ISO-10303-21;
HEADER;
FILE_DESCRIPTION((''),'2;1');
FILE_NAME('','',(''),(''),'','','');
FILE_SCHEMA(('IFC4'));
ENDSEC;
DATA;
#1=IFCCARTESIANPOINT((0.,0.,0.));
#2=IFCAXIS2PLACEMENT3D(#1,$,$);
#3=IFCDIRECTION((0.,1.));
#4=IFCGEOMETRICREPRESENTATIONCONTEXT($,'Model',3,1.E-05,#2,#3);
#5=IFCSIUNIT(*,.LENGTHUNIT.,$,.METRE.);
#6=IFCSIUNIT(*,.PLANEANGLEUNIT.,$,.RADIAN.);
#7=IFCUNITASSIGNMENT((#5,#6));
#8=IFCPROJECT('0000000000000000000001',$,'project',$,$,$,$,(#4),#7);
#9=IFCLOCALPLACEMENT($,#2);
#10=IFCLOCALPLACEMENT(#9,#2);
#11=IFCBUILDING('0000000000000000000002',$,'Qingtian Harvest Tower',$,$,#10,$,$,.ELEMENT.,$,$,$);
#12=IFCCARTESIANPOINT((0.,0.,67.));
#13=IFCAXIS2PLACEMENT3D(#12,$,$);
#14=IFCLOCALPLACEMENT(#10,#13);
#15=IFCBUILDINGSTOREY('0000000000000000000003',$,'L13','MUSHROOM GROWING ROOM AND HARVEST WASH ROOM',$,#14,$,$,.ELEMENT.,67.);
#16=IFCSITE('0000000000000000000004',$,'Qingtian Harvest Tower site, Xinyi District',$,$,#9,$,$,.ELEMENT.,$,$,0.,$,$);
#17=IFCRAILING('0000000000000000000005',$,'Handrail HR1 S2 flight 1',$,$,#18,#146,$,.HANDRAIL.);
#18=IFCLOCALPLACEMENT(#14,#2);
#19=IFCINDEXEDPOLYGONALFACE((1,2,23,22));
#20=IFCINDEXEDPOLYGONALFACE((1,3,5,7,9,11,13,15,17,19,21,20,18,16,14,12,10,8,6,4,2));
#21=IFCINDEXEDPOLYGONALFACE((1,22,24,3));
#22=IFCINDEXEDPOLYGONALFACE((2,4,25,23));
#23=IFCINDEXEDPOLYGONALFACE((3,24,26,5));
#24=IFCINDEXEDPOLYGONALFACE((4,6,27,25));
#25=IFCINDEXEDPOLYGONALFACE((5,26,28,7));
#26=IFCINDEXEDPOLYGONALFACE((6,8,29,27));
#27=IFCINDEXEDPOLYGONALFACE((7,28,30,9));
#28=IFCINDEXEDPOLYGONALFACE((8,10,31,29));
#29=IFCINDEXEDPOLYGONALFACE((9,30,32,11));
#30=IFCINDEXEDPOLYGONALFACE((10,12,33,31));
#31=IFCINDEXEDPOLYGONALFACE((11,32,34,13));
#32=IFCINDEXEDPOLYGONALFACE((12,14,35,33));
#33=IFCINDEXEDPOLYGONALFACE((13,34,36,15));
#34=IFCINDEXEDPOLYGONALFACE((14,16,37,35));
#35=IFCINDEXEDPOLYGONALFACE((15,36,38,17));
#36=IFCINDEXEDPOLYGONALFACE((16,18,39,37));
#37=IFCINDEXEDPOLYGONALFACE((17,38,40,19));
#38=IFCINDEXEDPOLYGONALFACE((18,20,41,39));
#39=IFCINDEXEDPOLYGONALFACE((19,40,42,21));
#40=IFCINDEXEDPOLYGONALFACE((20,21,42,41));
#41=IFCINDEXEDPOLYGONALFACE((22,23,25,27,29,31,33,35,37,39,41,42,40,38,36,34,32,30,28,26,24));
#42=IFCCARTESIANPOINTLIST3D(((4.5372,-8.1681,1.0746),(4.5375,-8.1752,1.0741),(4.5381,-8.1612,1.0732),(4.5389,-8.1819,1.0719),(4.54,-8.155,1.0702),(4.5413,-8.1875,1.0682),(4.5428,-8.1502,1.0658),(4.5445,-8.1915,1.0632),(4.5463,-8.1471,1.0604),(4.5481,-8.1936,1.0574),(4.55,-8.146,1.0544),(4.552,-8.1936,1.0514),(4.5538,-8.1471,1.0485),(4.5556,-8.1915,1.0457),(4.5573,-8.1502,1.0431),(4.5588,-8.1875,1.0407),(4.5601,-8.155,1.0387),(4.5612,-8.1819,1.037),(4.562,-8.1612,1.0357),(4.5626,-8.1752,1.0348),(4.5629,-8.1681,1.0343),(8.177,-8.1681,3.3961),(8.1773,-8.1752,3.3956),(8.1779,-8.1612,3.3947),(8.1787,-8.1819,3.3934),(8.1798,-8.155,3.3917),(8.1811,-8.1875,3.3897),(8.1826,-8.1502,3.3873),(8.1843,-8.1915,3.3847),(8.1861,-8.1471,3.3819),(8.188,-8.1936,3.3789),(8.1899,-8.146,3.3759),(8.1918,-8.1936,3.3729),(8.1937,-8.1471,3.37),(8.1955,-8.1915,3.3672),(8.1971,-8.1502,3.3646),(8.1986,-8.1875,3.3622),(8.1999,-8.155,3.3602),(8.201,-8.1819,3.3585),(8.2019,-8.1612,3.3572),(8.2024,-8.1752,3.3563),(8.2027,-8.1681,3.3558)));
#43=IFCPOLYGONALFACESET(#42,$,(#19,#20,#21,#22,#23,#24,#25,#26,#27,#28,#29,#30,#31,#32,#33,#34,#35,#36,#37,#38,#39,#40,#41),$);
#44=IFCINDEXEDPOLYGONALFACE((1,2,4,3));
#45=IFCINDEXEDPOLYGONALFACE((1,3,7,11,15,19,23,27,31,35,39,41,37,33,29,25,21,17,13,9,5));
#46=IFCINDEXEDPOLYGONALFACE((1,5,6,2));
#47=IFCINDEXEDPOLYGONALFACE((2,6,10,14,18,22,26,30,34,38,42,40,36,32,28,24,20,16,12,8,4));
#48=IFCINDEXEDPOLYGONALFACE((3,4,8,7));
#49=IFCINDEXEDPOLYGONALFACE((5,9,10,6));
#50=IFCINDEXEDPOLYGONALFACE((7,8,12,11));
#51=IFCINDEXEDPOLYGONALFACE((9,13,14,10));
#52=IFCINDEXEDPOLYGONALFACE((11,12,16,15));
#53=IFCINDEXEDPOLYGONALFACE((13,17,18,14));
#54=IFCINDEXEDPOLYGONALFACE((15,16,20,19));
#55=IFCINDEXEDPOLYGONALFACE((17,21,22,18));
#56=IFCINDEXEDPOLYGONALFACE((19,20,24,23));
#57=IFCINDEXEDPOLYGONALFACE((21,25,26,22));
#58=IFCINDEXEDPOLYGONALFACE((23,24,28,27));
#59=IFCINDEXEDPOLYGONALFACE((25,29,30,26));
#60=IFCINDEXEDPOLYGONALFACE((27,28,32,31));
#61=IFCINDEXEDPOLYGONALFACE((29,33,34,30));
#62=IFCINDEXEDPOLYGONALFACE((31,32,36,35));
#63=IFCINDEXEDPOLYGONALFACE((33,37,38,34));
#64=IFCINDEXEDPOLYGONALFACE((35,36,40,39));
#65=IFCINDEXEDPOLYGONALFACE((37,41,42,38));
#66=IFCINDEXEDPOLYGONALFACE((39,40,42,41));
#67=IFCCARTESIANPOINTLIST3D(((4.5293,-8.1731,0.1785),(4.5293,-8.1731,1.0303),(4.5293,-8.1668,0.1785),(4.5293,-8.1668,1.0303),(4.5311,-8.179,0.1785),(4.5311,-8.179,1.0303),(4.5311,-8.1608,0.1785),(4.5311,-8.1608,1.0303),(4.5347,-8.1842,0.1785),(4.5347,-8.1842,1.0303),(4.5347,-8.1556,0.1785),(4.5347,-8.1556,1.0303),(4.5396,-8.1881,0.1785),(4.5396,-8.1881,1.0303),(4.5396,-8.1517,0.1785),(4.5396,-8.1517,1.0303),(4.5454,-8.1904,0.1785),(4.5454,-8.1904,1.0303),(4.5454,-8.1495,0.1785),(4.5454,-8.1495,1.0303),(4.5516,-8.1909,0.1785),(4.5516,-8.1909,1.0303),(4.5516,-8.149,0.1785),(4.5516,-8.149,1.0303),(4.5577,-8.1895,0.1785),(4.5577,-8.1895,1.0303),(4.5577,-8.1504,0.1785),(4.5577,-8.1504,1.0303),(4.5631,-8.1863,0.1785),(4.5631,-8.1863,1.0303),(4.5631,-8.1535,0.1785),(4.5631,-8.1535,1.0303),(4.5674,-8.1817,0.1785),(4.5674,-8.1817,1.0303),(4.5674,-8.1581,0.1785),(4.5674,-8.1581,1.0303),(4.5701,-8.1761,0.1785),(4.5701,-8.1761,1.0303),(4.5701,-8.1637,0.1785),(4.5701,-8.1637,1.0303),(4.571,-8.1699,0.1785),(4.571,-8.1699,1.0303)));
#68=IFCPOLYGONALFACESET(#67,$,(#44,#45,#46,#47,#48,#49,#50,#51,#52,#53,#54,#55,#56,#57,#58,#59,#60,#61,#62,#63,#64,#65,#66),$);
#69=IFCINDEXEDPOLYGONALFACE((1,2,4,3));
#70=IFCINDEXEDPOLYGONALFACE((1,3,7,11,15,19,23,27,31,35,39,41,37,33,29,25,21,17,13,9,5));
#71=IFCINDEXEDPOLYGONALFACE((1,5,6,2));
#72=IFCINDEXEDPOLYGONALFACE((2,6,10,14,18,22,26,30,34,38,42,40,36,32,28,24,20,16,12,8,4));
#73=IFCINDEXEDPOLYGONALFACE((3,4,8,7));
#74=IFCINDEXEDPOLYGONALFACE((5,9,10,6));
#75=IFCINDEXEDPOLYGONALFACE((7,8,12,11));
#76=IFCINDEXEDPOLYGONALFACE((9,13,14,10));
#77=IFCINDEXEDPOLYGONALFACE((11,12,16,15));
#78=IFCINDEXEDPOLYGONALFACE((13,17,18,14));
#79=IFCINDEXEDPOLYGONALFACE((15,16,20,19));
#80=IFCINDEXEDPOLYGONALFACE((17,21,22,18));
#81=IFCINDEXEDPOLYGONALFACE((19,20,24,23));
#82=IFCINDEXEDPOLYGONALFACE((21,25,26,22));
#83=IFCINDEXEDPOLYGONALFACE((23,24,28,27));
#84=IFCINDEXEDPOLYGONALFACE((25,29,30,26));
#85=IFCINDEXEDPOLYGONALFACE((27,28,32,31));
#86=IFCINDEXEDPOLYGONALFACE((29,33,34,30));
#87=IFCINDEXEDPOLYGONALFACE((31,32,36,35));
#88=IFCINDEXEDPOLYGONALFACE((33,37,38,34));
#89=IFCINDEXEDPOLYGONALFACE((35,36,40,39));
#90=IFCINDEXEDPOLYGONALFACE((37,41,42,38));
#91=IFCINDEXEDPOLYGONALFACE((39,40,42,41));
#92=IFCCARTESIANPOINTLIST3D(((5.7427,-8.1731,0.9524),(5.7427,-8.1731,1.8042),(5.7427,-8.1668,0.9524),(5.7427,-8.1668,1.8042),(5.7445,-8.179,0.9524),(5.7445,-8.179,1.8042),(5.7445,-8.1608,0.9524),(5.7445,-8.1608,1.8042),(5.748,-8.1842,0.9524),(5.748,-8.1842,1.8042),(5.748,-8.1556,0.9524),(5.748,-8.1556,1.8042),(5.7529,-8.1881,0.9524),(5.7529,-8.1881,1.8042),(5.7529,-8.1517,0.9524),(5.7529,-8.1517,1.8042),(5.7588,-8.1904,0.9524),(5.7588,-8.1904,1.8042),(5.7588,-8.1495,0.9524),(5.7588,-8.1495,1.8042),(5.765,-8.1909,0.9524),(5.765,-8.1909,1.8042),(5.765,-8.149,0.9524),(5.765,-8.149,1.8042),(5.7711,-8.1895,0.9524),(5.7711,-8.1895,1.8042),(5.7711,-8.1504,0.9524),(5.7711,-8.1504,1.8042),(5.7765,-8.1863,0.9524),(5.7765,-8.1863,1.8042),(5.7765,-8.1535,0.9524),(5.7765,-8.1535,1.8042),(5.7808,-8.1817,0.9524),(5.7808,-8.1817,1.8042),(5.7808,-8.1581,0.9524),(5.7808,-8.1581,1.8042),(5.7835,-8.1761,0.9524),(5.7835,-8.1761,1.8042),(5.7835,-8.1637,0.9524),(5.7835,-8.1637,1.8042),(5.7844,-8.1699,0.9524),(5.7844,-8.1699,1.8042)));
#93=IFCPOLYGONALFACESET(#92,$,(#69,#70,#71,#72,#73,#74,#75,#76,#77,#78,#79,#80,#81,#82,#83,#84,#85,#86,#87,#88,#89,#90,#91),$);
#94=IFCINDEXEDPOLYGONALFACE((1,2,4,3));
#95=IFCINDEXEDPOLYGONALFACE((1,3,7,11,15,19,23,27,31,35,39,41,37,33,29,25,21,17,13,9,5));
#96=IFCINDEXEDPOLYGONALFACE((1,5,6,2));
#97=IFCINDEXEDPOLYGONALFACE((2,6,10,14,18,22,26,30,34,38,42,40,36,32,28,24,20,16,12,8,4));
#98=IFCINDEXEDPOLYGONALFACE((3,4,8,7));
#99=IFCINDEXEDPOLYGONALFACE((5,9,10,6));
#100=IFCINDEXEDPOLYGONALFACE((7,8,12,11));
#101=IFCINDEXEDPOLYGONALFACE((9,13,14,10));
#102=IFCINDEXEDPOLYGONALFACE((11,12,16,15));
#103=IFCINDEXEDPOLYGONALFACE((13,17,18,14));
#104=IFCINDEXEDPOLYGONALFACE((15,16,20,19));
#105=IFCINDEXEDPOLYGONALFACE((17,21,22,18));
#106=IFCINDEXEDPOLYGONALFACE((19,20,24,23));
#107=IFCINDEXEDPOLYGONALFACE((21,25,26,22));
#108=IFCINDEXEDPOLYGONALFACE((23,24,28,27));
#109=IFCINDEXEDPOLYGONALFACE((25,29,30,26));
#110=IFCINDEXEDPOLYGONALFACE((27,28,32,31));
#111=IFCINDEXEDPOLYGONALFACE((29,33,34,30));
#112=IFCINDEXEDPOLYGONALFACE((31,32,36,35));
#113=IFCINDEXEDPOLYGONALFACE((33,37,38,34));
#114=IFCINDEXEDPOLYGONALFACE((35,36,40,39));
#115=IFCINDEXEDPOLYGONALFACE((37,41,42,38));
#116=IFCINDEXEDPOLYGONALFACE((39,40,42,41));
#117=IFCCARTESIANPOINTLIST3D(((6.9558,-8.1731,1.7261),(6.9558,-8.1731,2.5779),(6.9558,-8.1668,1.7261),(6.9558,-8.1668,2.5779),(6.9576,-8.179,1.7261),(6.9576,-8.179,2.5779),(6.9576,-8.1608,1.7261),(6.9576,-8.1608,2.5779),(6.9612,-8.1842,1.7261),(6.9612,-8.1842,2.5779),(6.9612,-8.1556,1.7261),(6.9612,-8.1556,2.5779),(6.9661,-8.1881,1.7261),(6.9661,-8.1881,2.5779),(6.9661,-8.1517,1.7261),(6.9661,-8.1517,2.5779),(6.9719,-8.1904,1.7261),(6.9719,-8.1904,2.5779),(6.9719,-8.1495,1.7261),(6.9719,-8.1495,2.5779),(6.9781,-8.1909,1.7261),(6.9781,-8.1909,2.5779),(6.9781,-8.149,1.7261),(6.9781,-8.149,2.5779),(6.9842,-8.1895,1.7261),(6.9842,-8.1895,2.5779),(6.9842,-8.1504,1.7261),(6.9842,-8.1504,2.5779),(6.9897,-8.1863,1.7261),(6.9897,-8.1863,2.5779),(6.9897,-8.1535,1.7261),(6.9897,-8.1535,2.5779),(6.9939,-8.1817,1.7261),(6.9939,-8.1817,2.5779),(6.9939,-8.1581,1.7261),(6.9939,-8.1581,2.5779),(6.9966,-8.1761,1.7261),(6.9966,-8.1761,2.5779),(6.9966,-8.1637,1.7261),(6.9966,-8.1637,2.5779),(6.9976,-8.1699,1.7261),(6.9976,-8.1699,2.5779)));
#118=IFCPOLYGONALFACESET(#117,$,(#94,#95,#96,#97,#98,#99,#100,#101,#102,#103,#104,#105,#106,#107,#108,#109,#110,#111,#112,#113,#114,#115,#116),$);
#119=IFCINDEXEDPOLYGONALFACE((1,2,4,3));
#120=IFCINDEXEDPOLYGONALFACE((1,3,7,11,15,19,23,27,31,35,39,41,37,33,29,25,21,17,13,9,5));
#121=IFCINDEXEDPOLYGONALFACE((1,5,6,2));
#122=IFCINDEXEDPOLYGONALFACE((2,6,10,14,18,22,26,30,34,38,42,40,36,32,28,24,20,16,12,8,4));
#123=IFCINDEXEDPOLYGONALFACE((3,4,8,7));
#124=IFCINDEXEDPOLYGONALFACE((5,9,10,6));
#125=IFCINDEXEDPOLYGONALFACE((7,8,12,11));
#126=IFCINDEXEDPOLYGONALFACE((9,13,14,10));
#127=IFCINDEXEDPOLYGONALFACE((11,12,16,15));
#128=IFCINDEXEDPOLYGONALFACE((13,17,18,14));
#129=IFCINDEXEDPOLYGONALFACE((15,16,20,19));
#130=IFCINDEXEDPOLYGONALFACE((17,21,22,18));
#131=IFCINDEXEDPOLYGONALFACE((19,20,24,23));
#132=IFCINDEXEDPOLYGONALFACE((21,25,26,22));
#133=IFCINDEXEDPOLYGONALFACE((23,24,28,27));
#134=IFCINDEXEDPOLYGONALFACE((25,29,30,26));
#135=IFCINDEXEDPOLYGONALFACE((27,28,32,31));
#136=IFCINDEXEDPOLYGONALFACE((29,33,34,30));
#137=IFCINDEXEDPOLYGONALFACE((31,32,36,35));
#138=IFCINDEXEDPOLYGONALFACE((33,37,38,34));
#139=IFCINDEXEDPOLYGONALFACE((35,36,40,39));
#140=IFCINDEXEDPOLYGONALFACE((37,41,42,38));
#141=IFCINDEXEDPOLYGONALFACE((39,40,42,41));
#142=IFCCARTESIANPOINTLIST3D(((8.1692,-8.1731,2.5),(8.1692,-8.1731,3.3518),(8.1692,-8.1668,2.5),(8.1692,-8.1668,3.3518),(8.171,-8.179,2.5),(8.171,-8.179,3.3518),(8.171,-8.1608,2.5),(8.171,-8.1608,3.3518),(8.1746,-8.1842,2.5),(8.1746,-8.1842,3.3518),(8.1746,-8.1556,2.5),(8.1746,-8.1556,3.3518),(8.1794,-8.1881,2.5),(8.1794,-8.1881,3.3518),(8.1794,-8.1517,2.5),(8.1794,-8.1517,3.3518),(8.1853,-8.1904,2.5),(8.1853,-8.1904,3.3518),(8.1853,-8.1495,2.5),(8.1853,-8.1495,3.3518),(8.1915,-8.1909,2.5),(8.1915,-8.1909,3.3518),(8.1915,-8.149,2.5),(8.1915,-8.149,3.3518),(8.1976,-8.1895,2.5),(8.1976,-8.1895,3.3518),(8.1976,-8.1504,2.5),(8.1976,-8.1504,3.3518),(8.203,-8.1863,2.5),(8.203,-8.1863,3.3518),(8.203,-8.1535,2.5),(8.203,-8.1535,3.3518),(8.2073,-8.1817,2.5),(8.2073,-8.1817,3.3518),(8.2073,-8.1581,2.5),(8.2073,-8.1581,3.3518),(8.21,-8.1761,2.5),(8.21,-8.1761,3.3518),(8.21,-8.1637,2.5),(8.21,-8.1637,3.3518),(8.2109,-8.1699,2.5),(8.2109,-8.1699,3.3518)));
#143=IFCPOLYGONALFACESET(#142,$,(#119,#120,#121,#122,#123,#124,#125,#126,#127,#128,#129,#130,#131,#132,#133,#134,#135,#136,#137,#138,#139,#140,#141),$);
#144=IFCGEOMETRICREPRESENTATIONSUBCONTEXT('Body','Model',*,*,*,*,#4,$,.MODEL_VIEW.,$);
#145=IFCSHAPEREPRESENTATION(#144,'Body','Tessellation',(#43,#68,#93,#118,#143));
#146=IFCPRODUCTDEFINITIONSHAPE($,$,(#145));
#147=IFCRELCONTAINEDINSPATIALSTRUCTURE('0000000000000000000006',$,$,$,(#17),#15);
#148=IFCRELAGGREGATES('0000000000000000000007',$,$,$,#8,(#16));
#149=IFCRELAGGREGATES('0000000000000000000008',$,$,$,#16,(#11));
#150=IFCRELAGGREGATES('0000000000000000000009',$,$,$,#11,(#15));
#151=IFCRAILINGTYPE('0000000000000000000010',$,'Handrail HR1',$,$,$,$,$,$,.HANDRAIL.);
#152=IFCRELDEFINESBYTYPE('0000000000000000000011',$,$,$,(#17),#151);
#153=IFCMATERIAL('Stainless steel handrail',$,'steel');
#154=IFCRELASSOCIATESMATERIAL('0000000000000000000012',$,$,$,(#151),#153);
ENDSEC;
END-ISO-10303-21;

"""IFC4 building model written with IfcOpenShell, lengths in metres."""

from ifc_helpers import new_model, si_unit, direction, frame, origin, origin_2d, place, context, subcontext, project, spatial, circle, extrude, material, type_object, element, save


model = new_model("IFC4")

# Units and contexts
model_context = context("Model", 3, precision=1e-05, world=origin(), true_north=direction((0.0, 1.0)))
body_context = subcontext(model_context, "Body", "Model", "MODEL_VIEW")
ifc_project = project(units=[si_unit("LENGTHUNIT", "METRE"), si_unit("PLANEANGLEUNIT", "RADIAN")], contexts=[model_context])

# Site, building, storey
site_placement = place(None, origin())
site = spatial("IfcSite", under=ifc_project, at=site_placement, Name="Qingtian Harvest Tower site, Xinyi District", CompositionType="ELEMENT", RefElevation=0.0)
building_placement = place(site_placement, origin())
building = spatial("IfcBuilding", under=site, at=building_placement, Name="Qingtian Harvest Tower", CompositionType="ELEMENT")
storey_placement = place(building_placement, frame((0.0, 0.0, 67.0)))
storey = spatial("IfcBuildingStorey", under=building, at=storey_placement, Name="L13", Description="MUSHROOM GROWING ROOM AND HARVEST WASH ROOM", CompositionType="ELEMENT", Elevation=67.0)

# Railing
ifc_material_1 = material(Name="Stainless steel handrail", Category="steel")
railing_type = type_object("IfcRailingType", Name="Handrail HR1", PredefinedType="HANDRAIL", material=ifc_material_1)
railing_1_placement = place(storey_placement, frame((4.55, -8.1699, 0.1785)))
element("IfcRailing", 1, at=railing_1_placement, inside=storey, type_object=railing_type, Name="Handrail HR1 S2 flight 1", PredefinedType="HANDRAIL", context=body_context, shape_type="SweptSolid", body=[
    extrude(circle(Radius=0.0239, at=origin_2d()), frame((0.0, 0.0, 0.876), z_axis=(0.843112, 0.0, 0.537739), x_axis=(0.0, 1.0, 0.0)), (0.0, 0.0, 1.0), 4.3171),
    extrude(circle(Radius=0.021, at=origin_2d()), origin(), (0.0, 0.0, 1.0), 0.8518),
    extrude(circle(Radius=0.021, at=origin_2d()), frame((1.2134, 0.0, 0.7739)), (0.0, 0.0, 1.0), 0.8518),
    extrude(circle(Radius=0.021, at=origin_2d()), frame((2.4265, 0.0, 1.5476)), (0.0, 0.0, 1.0), 0.8518),
    extrude(circle(Radius=0.021, at=origin_2d()), frame((3.6399, 0.0, 2.3215)), (0.0, 0.0, 1.0), 0.8518),
])

save(model, "model.ifc")
